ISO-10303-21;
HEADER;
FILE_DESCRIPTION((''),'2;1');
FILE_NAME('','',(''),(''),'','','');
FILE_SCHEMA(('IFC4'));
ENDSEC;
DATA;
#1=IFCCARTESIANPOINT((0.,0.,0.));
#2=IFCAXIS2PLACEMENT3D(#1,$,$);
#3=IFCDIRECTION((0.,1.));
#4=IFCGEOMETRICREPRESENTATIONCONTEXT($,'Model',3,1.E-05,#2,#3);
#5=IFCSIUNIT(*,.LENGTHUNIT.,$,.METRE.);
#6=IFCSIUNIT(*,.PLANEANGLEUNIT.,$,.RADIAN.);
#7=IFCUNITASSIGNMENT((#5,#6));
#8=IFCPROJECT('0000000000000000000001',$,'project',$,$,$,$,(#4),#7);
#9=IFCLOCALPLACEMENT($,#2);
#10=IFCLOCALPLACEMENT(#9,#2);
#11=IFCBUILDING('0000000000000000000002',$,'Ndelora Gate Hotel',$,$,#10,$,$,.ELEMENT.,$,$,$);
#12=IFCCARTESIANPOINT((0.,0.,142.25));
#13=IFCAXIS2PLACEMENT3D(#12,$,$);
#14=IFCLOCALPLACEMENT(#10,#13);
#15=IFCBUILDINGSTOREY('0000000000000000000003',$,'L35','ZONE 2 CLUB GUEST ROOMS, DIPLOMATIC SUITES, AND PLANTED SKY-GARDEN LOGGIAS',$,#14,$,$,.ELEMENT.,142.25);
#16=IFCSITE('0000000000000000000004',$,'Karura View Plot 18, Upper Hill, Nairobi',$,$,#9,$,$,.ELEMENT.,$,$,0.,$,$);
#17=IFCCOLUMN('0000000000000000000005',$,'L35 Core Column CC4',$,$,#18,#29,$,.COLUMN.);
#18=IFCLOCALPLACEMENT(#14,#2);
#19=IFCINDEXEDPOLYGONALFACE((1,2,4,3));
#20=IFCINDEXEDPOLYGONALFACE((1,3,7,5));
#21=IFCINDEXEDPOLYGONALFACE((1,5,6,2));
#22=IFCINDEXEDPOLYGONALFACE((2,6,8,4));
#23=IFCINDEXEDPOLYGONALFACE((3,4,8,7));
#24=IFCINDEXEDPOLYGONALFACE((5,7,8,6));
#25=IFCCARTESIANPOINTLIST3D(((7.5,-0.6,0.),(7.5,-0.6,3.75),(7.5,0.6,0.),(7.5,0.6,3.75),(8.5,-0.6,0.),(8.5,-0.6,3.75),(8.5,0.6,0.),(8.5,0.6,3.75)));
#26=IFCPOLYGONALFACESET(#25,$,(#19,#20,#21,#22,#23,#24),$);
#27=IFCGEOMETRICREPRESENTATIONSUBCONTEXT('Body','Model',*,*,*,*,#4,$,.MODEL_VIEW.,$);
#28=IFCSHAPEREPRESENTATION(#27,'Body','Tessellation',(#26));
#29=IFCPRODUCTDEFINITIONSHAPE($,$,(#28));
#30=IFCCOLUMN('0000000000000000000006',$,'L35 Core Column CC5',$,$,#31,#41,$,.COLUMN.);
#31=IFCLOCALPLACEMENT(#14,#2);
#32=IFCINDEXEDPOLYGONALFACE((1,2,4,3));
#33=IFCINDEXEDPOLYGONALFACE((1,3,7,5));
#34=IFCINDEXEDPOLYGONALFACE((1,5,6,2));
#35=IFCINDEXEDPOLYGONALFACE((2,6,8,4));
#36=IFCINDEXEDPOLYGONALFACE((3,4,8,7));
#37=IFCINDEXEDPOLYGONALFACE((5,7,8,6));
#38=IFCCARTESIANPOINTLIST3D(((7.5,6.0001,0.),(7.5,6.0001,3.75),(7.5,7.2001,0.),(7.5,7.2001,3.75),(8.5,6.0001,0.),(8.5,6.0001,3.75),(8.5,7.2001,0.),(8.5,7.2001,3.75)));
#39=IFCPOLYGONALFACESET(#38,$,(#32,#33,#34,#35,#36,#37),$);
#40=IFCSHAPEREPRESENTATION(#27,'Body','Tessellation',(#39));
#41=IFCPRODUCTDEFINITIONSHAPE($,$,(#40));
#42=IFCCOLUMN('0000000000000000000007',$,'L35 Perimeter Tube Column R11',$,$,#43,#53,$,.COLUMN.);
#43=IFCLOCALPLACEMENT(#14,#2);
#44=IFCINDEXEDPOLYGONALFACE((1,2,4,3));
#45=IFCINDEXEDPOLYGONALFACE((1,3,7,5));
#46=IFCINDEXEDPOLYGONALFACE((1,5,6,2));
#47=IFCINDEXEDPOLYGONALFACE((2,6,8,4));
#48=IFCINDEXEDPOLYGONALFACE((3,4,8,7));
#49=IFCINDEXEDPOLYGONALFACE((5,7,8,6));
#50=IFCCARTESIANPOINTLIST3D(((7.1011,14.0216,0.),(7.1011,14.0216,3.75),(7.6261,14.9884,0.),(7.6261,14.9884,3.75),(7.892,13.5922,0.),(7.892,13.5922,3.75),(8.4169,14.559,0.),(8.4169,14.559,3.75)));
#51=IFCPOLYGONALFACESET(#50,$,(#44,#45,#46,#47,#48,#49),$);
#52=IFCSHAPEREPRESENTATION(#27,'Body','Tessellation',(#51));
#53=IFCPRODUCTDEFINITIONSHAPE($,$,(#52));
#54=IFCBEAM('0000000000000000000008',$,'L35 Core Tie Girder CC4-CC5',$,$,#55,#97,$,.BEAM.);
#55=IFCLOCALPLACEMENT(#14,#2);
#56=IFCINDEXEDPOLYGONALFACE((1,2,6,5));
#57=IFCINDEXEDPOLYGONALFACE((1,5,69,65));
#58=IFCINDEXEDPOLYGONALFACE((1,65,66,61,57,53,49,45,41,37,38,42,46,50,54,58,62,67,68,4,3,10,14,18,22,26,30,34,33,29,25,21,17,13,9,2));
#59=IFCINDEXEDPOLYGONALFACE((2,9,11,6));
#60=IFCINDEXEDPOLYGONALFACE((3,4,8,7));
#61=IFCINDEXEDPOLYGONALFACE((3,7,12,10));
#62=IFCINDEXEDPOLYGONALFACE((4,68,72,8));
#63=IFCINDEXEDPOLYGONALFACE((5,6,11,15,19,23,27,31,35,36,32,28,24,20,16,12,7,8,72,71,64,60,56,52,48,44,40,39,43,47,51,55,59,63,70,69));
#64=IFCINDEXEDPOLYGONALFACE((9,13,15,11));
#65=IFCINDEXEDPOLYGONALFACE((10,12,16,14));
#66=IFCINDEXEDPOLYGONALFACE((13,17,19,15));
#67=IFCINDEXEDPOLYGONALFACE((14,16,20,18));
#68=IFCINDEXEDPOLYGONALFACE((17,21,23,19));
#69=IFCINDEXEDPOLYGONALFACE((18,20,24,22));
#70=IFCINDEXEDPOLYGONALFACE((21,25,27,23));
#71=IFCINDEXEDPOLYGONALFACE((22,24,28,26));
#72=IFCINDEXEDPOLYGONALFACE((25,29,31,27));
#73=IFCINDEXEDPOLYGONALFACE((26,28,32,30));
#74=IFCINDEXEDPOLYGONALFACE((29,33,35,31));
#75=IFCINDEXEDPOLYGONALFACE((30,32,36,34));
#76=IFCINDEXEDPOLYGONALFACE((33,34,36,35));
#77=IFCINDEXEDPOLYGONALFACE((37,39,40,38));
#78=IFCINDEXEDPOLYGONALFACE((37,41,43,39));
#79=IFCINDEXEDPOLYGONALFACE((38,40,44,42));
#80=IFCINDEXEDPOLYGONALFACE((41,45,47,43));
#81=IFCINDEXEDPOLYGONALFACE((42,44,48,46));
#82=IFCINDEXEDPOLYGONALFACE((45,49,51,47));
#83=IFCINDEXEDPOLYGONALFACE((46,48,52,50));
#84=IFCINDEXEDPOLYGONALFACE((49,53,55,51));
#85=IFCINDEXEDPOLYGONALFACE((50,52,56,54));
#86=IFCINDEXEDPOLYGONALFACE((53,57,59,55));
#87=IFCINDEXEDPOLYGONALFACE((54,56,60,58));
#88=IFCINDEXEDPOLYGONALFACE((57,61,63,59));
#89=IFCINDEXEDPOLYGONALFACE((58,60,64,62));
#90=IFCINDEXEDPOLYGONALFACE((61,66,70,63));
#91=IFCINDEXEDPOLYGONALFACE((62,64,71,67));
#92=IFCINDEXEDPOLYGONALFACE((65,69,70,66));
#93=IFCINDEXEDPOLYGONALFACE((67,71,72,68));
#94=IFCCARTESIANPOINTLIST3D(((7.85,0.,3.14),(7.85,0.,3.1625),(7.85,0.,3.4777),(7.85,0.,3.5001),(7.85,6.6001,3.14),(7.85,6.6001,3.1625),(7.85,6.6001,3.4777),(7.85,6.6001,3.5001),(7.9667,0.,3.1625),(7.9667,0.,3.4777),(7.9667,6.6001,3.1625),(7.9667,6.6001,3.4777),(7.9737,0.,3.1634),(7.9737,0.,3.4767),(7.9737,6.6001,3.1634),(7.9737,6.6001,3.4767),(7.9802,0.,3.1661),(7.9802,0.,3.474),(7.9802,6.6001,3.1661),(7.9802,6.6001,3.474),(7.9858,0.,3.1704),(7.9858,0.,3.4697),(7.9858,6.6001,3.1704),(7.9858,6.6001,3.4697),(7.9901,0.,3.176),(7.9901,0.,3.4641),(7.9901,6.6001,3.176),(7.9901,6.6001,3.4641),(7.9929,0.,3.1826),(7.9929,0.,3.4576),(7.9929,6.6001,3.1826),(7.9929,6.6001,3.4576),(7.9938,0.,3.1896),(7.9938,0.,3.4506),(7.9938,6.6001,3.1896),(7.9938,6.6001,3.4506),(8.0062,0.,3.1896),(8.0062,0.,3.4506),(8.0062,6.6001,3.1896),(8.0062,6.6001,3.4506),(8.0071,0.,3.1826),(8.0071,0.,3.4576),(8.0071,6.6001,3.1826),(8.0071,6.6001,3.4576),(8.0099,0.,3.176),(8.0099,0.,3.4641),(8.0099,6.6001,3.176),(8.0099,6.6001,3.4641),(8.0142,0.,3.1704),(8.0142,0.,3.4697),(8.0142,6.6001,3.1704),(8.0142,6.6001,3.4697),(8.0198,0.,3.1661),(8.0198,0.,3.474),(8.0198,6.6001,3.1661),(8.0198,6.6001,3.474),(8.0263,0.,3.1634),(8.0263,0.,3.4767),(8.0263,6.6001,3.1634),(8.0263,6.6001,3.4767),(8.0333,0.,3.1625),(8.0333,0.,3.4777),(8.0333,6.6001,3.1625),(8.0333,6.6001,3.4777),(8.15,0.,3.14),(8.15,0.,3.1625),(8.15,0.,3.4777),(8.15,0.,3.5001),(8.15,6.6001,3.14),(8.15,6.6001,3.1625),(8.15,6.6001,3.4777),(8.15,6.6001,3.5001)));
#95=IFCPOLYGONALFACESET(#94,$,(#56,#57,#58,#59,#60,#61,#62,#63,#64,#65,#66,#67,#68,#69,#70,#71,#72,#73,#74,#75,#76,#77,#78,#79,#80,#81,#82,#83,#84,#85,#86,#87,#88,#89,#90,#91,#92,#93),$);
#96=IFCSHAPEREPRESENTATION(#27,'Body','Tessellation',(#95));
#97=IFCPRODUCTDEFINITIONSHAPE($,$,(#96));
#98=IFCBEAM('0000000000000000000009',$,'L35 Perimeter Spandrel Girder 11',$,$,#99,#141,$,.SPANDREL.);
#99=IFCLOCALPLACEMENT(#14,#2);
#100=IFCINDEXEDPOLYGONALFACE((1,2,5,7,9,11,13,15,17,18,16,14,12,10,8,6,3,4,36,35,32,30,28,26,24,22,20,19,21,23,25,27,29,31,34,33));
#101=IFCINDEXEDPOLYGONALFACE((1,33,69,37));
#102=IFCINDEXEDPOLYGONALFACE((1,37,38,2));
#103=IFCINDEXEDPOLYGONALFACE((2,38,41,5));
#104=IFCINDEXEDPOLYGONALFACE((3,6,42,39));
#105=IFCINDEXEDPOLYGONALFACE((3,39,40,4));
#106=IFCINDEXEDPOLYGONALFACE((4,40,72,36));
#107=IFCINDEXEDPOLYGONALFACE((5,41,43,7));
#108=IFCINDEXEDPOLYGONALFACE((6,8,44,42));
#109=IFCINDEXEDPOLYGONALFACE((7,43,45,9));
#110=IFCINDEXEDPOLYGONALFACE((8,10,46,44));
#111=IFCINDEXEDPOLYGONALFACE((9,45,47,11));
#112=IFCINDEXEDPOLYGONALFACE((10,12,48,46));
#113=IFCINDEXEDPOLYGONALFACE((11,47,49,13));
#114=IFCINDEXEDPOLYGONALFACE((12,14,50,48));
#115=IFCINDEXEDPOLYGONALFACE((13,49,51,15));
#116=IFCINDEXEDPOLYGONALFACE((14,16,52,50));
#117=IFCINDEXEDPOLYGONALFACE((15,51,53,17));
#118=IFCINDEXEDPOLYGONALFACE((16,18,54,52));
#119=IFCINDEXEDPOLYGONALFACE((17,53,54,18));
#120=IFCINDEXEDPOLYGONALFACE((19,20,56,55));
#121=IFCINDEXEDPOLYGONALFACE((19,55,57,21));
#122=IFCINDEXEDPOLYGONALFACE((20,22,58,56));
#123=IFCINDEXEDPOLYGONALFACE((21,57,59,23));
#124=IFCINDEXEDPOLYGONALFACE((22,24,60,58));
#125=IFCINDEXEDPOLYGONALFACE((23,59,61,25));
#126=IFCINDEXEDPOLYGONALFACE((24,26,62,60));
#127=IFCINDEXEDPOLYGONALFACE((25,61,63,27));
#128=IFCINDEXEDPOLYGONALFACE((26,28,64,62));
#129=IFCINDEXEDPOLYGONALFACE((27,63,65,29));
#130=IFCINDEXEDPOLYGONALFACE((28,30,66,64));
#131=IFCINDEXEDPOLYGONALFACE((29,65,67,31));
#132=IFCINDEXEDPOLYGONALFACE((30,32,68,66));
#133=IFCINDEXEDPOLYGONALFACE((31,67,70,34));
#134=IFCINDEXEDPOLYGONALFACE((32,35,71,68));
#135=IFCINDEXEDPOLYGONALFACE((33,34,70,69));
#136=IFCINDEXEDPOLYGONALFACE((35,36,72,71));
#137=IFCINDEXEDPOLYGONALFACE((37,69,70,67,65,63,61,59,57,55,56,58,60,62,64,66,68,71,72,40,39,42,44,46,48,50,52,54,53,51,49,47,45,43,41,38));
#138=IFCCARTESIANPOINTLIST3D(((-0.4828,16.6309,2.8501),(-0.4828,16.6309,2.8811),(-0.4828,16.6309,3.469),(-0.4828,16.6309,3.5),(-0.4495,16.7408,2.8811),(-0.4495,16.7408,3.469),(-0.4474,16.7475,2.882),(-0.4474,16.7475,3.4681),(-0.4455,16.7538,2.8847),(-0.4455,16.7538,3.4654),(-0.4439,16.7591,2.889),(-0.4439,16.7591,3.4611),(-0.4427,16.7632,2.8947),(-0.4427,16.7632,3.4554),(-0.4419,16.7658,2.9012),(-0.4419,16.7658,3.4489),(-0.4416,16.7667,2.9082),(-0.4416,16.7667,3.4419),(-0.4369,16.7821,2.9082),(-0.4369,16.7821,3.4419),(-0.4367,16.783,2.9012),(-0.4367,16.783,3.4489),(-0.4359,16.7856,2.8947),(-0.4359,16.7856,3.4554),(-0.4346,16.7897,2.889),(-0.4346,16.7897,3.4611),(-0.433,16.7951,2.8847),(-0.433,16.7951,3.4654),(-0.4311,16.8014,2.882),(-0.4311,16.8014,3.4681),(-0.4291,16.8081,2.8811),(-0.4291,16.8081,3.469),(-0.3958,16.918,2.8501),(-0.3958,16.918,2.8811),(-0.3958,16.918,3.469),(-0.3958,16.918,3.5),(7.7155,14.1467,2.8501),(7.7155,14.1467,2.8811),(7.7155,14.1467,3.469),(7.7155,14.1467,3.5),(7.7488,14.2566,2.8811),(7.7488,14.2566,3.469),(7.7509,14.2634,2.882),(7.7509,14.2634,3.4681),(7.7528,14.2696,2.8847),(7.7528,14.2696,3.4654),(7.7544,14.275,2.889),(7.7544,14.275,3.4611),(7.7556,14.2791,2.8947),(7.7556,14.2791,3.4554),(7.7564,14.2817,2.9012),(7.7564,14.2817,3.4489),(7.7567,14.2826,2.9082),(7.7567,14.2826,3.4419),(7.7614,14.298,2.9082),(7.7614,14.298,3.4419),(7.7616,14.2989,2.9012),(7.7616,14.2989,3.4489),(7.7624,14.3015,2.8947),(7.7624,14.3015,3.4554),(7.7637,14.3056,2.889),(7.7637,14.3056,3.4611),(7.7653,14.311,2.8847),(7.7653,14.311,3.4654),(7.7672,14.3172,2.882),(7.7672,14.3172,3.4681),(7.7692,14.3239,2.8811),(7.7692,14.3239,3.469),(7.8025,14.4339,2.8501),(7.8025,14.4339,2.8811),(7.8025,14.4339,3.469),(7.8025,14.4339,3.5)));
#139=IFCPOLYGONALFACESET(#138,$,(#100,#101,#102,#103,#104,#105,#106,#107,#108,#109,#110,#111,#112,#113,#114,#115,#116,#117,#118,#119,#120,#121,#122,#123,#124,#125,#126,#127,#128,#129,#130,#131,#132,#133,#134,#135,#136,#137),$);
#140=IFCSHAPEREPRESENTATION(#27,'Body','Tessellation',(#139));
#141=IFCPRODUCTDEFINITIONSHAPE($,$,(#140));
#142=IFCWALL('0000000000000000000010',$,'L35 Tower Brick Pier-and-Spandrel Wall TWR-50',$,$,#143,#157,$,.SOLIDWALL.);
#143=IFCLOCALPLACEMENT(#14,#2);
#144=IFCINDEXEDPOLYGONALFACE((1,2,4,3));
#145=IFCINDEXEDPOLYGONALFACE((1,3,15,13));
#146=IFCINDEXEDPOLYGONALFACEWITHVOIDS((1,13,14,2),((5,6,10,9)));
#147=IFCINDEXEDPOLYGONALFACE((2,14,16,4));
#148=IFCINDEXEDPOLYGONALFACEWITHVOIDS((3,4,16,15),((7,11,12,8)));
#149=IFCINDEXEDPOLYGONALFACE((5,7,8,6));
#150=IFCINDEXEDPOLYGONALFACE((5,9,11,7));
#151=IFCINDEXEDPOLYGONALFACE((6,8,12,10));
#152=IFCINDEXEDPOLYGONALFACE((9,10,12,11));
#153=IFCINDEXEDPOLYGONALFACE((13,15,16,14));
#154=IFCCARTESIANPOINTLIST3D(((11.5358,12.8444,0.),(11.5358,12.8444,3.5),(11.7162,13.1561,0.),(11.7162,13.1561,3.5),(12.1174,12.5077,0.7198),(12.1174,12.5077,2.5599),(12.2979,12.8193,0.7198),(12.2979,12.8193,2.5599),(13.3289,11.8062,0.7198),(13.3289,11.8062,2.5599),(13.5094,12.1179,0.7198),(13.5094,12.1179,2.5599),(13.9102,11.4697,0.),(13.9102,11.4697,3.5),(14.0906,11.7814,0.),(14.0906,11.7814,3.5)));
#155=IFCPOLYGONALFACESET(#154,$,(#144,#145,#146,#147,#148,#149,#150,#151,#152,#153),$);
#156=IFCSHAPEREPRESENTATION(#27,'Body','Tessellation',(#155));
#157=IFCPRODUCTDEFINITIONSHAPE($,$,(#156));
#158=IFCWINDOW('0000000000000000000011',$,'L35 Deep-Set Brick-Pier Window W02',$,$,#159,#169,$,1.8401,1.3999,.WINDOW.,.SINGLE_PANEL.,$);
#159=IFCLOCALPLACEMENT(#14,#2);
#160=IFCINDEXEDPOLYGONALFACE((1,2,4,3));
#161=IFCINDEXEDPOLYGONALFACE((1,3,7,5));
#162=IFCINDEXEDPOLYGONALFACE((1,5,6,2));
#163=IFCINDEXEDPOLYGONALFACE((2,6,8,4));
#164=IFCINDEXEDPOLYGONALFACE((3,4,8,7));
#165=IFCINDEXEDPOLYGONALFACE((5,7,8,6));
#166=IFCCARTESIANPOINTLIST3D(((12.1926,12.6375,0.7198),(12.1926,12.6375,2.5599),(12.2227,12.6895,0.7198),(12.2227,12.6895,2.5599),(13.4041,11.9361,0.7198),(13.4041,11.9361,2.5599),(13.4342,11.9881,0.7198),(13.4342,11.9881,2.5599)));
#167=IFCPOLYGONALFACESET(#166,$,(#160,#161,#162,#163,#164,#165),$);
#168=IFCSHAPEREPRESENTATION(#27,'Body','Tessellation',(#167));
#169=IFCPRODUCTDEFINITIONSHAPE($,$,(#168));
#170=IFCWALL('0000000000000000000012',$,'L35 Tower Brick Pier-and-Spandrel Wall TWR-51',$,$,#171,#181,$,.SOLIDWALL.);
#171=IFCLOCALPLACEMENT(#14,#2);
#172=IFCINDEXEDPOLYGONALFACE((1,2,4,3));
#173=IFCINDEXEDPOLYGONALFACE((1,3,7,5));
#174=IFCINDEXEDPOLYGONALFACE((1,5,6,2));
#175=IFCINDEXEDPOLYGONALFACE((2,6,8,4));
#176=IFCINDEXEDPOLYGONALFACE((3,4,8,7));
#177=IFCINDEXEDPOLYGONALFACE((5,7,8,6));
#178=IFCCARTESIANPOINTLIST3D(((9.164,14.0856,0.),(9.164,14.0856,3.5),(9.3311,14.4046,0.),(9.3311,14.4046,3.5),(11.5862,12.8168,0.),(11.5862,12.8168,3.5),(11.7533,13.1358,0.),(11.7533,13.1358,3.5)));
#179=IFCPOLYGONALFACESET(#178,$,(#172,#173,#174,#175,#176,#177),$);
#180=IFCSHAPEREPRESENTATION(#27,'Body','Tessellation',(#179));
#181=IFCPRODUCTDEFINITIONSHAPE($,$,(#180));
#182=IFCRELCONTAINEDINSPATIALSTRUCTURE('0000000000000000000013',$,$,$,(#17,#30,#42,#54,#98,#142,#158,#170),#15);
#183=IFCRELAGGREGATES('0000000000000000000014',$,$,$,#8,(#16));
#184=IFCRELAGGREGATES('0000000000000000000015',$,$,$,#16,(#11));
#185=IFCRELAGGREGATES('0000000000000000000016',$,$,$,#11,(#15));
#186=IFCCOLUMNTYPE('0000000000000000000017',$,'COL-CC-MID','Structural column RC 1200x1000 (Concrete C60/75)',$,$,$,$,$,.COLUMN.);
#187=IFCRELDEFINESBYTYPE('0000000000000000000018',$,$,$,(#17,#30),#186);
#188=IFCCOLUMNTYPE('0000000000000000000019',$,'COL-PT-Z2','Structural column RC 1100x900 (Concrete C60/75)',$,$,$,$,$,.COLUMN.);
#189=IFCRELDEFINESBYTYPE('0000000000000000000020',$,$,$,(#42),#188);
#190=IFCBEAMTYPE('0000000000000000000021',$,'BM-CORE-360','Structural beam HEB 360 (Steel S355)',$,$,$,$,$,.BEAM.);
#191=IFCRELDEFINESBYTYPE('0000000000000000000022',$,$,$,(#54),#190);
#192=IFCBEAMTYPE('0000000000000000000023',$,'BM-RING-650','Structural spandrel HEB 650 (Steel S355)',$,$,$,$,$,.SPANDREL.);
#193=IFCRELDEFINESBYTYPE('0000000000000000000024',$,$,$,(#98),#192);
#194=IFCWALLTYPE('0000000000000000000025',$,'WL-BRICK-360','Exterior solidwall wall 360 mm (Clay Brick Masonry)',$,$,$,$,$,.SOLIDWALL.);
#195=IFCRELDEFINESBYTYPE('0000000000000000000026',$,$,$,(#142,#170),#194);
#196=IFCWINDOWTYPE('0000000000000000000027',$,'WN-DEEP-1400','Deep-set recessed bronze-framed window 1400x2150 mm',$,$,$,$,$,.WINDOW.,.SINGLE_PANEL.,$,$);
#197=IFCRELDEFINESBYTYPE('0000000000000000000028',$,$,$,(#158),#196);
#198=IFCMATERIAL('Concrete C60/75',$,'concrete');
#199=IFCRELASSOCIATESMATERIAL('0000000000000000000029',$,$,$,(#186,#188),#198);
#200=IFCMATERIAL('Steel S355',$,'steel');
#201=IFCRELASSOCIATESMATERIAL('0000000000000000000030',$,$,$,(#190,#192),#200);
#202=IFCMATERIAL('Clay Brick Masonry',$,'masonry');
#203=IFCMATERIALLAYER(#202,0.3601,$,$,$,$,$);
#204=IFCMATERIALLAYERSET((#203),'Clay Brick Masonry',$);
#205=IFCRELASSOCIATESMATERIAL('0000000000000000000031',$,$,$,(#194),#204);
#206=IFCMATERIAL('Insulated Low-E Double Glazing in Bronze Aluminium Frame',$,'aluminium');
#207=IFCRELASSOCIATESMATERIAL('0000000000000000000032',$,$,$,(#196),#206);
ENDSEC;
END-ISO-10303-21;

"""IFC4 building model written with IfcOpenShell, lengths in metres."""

from ifc_helpers import new_model, si_unit, direction, frame, frame_2d, origin, origin_2d, place, context, subcontext, project, spatial, rectangle, i_section, extrude, material, layer, layer_set, material_profile, profile_set, type_object, element, fill, save


model = new_model("IFC4")

# Units and contexts
model_context = context("Model", 3, precision=1e-05, world=origin(), true_north=direction((0.0, 1.0)))
body_context = subcontext(model_context, "Body", "Model", "MODEL_VIEW")
ifc_project = project(units=[si_unit("LENGTHUNIT", "METRE"), si_unit("PLANEANGLEUNIT", "RADIAN")], contexts=[model_context])

# Site, building, storey
site_placement = place(None, origin())
site = spatial("IfcSite", under=ifc_project, at=site_placement, Name="Karura View Plot 18, Upper Hill, Nairobi", CompositionType="ELEMENT", RefElevation=0.0)
building_placement = place(site_placement, origin())
building = spatial("IfcBuilding", under=site, at=building_placement, Name="Ndelora Gate Hotel", CompositionType="ELEMENT")
storey_placement = place(building_placement, frame((0.0, 0.0, 142.25)))
storey = spatial("IfcBuildingStorey", under=building, at=storey_placement, Name="L35", Description="ZONE 2 CLUB GUEST ROOMS, DIPLOMATIC SUITES, AND PLANTED SKY-GARDEN LOGGIAS", CompositionType="ELEMENT", Elevation=142.25)

# Columns
ifc_material_1 = material(Name="Concrete C60/75", Category="concrete")
ifc_material_profile_1 = material_profile(ifc_material_1, rectangle(XDim=1.0, YDim=1.2, at=origin_2d()), Name="RC 1200x1000")
ifc_profile_set_1 = profile_set([ifc_material_profile_1], Name="Concrete C60/75")
column_type_1 = type_object("IfcColumnType", Name="COL-CC-MID", Description="Structural column RC 1200x1000 (Concrete C60/75)", PredefinedType="COLUMN", material=ifc_profile_set_1)
for number, where, z_axis, x_axis, name in (
    (1, (8.0, 0.0, 0.0), (0.0, 0.0, 1.0), (1.0, 0.0, 0.0), "L35 Core Column CC4"),
    (2, (8.0, 6.6001, 0.0), (0.0, 0.0, 1.0), (1.0, 0.0, 0.0), "L35 Core Column CC5"),
):
    element("IfcColumn", number, at=place(storey_placement, frame(where, z_axis=z_axis, x_axis=x_axis)), inside=storey, type_object=column_type_1, Name=name, PredefinedType="COLUMN", context=body_context, shape_type="SweptSolid", body=[
        extrude(rectangle(XDim=1.0, YDim=1.2, at=origin_2d()), origin(), (0.0, 0.0, 1.0), 3.75),
    ])
ifc_material_profile_2 = material_profile(ifc_material_1, rectangle(XDim=0.8999, YDim=1.1001, at=origin_2d()), Name="RC 1100x900")
ifc_profile_set_2 = profile_set([ifc_material_profile_2], Name="Concrete C60/75")
column_type_2 = type_object("IfcColumnType", Name="COL-PT-Z2", Description="Structural column RC 1100x900 (Concrete C60/75)", PredefinedType="COLUMN", material=ifc_profile_set_2)
column_placement = place(storey_placement, frame((7.759, 14.2903, 0.0), z_axis=(0.0, 0.0, 1.0), x_axis=(-0.878817, 0.477159, 0.0)))
element("IfcColumn", 3, at=column_placement, inside=storey, type_object=column_type_2, Name="L35 Perimeter Tube Column R11", PredefinedType="COLUMN", context=body_context, shape_type="SweptSolid", body=[
    extrude(rectangle(XDim=0.8999, YDim=1.1001, at=origin_2d()), origin(), (0.0, 0.0, 1.0), 3.75),
])

# Beams
ifc_material_2 = material(Name="Steel S355", Category="steel")
ifc_material_profile_3 = material_profile(ifc_material_2, i_section(OverallWidth=0.3, OverallDepth=0.3601, WebThickness=0.0125, FlangeThickness=0.0225, FilletRadius=0.0271, at=origin_2d()), Name="HEB 360")
ifc_profile_set_3 = profile_set([ifc_material_profile_3], Name="Steel S355")
beam_type_1 = type_object("IfcBeamType", Name="BM-CORE-360", Description="Structural beam HEB 360 (Steel S355)", PredefinedType="BEAM", material=ifc_profile_set_3)
beam_1_placement = place(storey_placement, frame((8.0, 0.0, 3.3201), z_axis=(0.0, 1.0, 0.0), x_axis=(-1.0, 0.0, 0.0)))
element("IfcBeam", 4, at=beam_1_placement, inside=storey, type_object=beam_type_1, Name="L35 Core Tie Girder CC4-CC5", PredefinedType="BEAM", context=body_context, shape_type="SweptSolid", body=[
    extrude(i_section(OverallWidth=0.3, OverallDepth=0.3601, WebThickness=0.0125, FlangeThickness=0.0225, FilletRadius=0.0271, at=origin_2d()), origin(), (0.0, 0.0, 1.0), 6.6001),
])
ifc_material_profile_4 = material_profile(ifc_material_2, i_section(OverallWidth=0.3, OverallDepth=0.6499, WebThickness=0.0161, FlangeThickness=0.031, FilletRadius=0.0271, at=origin_2d()), Name="HEB 650")
ifc_profile_set_4 = profile_set([ifc_material_profile_4], Name="Steel S355")
beam_type_2 = type_object("IfcBeamType", Name="BM-RING-650", Description="Structural spandrel HEB 650 (Steel S355)", PredefinedType="SPANDREL", material=ifc_profile_set_4)
beam_2_placement = place(storey_placement, frame((7.759, 14.2903, 3.175), z_axis=(-0.95703, 0.289988, 0.0), x_axis=(-0.289988, -0.95703, 0.0)))
element("IfcBeam", 5, at=beam_2_placement, inside=storey, type_object=beam_type_2, Name="L35 Perimeter Spandrel Girder 11", PredefinedType="SPANDREL", context=body_context, shape_type="SweptSolid", body=[
    extrude(i_section(OverallWidth=0.3, OverallDepth=0.6499, WebThickness=0.0161, FlangeThickness=0.031, FilletRadius=0.0271, at=origin_2d()), origin(), (0.0, 0.0, 1.0), 8.5664),
])

# Wall, opening, window
ifc_material_3 = material(Name="Clay Brick Masonry", Category="masonry")
ifc_layer_1 = layer(ifc_material_3, 0.3601)
ifc_layer_set_1 = layer_set([ifc_layer_1], Name="Clay Brick Masonry")
wall_type_1 = type_object("IfcWallType", Name="WL-BRICK-360", Description="Exterior solidwall wall 360 mm (Clay Brick Masonry)", PredefinedType="SOLIDWALL", material=ifc_layer_set_1)
wall_1_placement = place(storey_placement, frame((11.626, 13.0002, 0.0), z_axis=(0.0, 0.0, 1.0), x_axis=(0.86542, -0.501047, 0.0)))
wall_1 = element("IfcWall", 6, at=wall_1_placement, inside=storey, type_object=wall_type_1, Name="L35 Tower Brick Pier-and-Spandrel Wall TWR-50", PredefinedType="SOLIDWALL", context=body_context, shape_type="SweptSolid", body=[
    extrude(rectangle(XDim=2.7437, YDim=0.3601, at=frame_2d((1.3718, 0.0))), origin(), (0.0, 0.0, 1.0), 3.5),
])
opening_1_placement = place(wall_1_placement, frame((0.6721, 0.0, 0.72)))
opening_1 = element("IfcOpeningElement", 7, at=opening_1_placement, cuts=wall_1, PredefinedType="OPENING", context=body_context, shape_type="SweptSolid", body=[
    extrude(rectangle(XDim=1.3999, YDim=1.8401, at=frame_2d((0.7, 0.9199))), frame((0.0, 0.1899, 0.0), z_axis=(0.0, -1.0, 0.0), x_axis=(1.0, 0.0, 0.0)), (0.0, 0.0, 1.0), 0.3801),
])
ifc_material_4 = material(Name="Insulated Low-E Double Glazing in Bronze Aluminium Frame", Category="aluminium")
window_type = type_object("IfcWindowType", Name="WN-DEEP-1400", Description="Deep-set recessed bronze-framed window 1400x2150 mm", PartitioningType="SINGLE_PANEL", PredefinedType="WINDOW", material=ifc_material_4)
window_placement = place(opening_1_placement, origin())
window = element("IfcWindow", 8, at=window_placement, inside=storey, type_object=window_type, Name="L35 Deep-Set Brick-Pier Window W02", OverallHeight=1.8401, OverallWidth=1.3999, PartitioningType="SINGLE_PANEL", PredefinedType="WINDOW", context=body_context, shape_type="SweptSolid", body=[
    extrude(rectangle(XDim=1.3999, YDim=1.8401, at=frame_2d((0.7, 0.9199))), frame((0.0, 0.03, 0.0), z_axis=(0.0, -1.0, 0.0), x_axis=(1.0, 0.0, 0.0)), (0.0, 0.0, 1.0), 0.0601),
])
fill(opening_1, window)

# Wall
wall_2_placement = place(storey_placement, frame((9.2476, 14.2451, 0.0), z_axis=(0.0, 0.0, 1.0), x_axis=(0.885821, -0.464027, 0.0)))
element("IfcWall", 9, at=wall_2_placement, inside=storey, type_object=wall_type_1, Name="L35 Tower Brick Pier-and-Spandrel Wall TWR-51", PredefinedType="SOLIDWALL", context=body_context, shape_type="SweptSolid", body=[
    extrude(rectangle(XDim=2.7344, YDim=0.3601, at=frame_2d((1.3672, 0.0))), origin(), (0.0, 0.0, 1.0), 3.5),
])

save(model, "model.ifc")
